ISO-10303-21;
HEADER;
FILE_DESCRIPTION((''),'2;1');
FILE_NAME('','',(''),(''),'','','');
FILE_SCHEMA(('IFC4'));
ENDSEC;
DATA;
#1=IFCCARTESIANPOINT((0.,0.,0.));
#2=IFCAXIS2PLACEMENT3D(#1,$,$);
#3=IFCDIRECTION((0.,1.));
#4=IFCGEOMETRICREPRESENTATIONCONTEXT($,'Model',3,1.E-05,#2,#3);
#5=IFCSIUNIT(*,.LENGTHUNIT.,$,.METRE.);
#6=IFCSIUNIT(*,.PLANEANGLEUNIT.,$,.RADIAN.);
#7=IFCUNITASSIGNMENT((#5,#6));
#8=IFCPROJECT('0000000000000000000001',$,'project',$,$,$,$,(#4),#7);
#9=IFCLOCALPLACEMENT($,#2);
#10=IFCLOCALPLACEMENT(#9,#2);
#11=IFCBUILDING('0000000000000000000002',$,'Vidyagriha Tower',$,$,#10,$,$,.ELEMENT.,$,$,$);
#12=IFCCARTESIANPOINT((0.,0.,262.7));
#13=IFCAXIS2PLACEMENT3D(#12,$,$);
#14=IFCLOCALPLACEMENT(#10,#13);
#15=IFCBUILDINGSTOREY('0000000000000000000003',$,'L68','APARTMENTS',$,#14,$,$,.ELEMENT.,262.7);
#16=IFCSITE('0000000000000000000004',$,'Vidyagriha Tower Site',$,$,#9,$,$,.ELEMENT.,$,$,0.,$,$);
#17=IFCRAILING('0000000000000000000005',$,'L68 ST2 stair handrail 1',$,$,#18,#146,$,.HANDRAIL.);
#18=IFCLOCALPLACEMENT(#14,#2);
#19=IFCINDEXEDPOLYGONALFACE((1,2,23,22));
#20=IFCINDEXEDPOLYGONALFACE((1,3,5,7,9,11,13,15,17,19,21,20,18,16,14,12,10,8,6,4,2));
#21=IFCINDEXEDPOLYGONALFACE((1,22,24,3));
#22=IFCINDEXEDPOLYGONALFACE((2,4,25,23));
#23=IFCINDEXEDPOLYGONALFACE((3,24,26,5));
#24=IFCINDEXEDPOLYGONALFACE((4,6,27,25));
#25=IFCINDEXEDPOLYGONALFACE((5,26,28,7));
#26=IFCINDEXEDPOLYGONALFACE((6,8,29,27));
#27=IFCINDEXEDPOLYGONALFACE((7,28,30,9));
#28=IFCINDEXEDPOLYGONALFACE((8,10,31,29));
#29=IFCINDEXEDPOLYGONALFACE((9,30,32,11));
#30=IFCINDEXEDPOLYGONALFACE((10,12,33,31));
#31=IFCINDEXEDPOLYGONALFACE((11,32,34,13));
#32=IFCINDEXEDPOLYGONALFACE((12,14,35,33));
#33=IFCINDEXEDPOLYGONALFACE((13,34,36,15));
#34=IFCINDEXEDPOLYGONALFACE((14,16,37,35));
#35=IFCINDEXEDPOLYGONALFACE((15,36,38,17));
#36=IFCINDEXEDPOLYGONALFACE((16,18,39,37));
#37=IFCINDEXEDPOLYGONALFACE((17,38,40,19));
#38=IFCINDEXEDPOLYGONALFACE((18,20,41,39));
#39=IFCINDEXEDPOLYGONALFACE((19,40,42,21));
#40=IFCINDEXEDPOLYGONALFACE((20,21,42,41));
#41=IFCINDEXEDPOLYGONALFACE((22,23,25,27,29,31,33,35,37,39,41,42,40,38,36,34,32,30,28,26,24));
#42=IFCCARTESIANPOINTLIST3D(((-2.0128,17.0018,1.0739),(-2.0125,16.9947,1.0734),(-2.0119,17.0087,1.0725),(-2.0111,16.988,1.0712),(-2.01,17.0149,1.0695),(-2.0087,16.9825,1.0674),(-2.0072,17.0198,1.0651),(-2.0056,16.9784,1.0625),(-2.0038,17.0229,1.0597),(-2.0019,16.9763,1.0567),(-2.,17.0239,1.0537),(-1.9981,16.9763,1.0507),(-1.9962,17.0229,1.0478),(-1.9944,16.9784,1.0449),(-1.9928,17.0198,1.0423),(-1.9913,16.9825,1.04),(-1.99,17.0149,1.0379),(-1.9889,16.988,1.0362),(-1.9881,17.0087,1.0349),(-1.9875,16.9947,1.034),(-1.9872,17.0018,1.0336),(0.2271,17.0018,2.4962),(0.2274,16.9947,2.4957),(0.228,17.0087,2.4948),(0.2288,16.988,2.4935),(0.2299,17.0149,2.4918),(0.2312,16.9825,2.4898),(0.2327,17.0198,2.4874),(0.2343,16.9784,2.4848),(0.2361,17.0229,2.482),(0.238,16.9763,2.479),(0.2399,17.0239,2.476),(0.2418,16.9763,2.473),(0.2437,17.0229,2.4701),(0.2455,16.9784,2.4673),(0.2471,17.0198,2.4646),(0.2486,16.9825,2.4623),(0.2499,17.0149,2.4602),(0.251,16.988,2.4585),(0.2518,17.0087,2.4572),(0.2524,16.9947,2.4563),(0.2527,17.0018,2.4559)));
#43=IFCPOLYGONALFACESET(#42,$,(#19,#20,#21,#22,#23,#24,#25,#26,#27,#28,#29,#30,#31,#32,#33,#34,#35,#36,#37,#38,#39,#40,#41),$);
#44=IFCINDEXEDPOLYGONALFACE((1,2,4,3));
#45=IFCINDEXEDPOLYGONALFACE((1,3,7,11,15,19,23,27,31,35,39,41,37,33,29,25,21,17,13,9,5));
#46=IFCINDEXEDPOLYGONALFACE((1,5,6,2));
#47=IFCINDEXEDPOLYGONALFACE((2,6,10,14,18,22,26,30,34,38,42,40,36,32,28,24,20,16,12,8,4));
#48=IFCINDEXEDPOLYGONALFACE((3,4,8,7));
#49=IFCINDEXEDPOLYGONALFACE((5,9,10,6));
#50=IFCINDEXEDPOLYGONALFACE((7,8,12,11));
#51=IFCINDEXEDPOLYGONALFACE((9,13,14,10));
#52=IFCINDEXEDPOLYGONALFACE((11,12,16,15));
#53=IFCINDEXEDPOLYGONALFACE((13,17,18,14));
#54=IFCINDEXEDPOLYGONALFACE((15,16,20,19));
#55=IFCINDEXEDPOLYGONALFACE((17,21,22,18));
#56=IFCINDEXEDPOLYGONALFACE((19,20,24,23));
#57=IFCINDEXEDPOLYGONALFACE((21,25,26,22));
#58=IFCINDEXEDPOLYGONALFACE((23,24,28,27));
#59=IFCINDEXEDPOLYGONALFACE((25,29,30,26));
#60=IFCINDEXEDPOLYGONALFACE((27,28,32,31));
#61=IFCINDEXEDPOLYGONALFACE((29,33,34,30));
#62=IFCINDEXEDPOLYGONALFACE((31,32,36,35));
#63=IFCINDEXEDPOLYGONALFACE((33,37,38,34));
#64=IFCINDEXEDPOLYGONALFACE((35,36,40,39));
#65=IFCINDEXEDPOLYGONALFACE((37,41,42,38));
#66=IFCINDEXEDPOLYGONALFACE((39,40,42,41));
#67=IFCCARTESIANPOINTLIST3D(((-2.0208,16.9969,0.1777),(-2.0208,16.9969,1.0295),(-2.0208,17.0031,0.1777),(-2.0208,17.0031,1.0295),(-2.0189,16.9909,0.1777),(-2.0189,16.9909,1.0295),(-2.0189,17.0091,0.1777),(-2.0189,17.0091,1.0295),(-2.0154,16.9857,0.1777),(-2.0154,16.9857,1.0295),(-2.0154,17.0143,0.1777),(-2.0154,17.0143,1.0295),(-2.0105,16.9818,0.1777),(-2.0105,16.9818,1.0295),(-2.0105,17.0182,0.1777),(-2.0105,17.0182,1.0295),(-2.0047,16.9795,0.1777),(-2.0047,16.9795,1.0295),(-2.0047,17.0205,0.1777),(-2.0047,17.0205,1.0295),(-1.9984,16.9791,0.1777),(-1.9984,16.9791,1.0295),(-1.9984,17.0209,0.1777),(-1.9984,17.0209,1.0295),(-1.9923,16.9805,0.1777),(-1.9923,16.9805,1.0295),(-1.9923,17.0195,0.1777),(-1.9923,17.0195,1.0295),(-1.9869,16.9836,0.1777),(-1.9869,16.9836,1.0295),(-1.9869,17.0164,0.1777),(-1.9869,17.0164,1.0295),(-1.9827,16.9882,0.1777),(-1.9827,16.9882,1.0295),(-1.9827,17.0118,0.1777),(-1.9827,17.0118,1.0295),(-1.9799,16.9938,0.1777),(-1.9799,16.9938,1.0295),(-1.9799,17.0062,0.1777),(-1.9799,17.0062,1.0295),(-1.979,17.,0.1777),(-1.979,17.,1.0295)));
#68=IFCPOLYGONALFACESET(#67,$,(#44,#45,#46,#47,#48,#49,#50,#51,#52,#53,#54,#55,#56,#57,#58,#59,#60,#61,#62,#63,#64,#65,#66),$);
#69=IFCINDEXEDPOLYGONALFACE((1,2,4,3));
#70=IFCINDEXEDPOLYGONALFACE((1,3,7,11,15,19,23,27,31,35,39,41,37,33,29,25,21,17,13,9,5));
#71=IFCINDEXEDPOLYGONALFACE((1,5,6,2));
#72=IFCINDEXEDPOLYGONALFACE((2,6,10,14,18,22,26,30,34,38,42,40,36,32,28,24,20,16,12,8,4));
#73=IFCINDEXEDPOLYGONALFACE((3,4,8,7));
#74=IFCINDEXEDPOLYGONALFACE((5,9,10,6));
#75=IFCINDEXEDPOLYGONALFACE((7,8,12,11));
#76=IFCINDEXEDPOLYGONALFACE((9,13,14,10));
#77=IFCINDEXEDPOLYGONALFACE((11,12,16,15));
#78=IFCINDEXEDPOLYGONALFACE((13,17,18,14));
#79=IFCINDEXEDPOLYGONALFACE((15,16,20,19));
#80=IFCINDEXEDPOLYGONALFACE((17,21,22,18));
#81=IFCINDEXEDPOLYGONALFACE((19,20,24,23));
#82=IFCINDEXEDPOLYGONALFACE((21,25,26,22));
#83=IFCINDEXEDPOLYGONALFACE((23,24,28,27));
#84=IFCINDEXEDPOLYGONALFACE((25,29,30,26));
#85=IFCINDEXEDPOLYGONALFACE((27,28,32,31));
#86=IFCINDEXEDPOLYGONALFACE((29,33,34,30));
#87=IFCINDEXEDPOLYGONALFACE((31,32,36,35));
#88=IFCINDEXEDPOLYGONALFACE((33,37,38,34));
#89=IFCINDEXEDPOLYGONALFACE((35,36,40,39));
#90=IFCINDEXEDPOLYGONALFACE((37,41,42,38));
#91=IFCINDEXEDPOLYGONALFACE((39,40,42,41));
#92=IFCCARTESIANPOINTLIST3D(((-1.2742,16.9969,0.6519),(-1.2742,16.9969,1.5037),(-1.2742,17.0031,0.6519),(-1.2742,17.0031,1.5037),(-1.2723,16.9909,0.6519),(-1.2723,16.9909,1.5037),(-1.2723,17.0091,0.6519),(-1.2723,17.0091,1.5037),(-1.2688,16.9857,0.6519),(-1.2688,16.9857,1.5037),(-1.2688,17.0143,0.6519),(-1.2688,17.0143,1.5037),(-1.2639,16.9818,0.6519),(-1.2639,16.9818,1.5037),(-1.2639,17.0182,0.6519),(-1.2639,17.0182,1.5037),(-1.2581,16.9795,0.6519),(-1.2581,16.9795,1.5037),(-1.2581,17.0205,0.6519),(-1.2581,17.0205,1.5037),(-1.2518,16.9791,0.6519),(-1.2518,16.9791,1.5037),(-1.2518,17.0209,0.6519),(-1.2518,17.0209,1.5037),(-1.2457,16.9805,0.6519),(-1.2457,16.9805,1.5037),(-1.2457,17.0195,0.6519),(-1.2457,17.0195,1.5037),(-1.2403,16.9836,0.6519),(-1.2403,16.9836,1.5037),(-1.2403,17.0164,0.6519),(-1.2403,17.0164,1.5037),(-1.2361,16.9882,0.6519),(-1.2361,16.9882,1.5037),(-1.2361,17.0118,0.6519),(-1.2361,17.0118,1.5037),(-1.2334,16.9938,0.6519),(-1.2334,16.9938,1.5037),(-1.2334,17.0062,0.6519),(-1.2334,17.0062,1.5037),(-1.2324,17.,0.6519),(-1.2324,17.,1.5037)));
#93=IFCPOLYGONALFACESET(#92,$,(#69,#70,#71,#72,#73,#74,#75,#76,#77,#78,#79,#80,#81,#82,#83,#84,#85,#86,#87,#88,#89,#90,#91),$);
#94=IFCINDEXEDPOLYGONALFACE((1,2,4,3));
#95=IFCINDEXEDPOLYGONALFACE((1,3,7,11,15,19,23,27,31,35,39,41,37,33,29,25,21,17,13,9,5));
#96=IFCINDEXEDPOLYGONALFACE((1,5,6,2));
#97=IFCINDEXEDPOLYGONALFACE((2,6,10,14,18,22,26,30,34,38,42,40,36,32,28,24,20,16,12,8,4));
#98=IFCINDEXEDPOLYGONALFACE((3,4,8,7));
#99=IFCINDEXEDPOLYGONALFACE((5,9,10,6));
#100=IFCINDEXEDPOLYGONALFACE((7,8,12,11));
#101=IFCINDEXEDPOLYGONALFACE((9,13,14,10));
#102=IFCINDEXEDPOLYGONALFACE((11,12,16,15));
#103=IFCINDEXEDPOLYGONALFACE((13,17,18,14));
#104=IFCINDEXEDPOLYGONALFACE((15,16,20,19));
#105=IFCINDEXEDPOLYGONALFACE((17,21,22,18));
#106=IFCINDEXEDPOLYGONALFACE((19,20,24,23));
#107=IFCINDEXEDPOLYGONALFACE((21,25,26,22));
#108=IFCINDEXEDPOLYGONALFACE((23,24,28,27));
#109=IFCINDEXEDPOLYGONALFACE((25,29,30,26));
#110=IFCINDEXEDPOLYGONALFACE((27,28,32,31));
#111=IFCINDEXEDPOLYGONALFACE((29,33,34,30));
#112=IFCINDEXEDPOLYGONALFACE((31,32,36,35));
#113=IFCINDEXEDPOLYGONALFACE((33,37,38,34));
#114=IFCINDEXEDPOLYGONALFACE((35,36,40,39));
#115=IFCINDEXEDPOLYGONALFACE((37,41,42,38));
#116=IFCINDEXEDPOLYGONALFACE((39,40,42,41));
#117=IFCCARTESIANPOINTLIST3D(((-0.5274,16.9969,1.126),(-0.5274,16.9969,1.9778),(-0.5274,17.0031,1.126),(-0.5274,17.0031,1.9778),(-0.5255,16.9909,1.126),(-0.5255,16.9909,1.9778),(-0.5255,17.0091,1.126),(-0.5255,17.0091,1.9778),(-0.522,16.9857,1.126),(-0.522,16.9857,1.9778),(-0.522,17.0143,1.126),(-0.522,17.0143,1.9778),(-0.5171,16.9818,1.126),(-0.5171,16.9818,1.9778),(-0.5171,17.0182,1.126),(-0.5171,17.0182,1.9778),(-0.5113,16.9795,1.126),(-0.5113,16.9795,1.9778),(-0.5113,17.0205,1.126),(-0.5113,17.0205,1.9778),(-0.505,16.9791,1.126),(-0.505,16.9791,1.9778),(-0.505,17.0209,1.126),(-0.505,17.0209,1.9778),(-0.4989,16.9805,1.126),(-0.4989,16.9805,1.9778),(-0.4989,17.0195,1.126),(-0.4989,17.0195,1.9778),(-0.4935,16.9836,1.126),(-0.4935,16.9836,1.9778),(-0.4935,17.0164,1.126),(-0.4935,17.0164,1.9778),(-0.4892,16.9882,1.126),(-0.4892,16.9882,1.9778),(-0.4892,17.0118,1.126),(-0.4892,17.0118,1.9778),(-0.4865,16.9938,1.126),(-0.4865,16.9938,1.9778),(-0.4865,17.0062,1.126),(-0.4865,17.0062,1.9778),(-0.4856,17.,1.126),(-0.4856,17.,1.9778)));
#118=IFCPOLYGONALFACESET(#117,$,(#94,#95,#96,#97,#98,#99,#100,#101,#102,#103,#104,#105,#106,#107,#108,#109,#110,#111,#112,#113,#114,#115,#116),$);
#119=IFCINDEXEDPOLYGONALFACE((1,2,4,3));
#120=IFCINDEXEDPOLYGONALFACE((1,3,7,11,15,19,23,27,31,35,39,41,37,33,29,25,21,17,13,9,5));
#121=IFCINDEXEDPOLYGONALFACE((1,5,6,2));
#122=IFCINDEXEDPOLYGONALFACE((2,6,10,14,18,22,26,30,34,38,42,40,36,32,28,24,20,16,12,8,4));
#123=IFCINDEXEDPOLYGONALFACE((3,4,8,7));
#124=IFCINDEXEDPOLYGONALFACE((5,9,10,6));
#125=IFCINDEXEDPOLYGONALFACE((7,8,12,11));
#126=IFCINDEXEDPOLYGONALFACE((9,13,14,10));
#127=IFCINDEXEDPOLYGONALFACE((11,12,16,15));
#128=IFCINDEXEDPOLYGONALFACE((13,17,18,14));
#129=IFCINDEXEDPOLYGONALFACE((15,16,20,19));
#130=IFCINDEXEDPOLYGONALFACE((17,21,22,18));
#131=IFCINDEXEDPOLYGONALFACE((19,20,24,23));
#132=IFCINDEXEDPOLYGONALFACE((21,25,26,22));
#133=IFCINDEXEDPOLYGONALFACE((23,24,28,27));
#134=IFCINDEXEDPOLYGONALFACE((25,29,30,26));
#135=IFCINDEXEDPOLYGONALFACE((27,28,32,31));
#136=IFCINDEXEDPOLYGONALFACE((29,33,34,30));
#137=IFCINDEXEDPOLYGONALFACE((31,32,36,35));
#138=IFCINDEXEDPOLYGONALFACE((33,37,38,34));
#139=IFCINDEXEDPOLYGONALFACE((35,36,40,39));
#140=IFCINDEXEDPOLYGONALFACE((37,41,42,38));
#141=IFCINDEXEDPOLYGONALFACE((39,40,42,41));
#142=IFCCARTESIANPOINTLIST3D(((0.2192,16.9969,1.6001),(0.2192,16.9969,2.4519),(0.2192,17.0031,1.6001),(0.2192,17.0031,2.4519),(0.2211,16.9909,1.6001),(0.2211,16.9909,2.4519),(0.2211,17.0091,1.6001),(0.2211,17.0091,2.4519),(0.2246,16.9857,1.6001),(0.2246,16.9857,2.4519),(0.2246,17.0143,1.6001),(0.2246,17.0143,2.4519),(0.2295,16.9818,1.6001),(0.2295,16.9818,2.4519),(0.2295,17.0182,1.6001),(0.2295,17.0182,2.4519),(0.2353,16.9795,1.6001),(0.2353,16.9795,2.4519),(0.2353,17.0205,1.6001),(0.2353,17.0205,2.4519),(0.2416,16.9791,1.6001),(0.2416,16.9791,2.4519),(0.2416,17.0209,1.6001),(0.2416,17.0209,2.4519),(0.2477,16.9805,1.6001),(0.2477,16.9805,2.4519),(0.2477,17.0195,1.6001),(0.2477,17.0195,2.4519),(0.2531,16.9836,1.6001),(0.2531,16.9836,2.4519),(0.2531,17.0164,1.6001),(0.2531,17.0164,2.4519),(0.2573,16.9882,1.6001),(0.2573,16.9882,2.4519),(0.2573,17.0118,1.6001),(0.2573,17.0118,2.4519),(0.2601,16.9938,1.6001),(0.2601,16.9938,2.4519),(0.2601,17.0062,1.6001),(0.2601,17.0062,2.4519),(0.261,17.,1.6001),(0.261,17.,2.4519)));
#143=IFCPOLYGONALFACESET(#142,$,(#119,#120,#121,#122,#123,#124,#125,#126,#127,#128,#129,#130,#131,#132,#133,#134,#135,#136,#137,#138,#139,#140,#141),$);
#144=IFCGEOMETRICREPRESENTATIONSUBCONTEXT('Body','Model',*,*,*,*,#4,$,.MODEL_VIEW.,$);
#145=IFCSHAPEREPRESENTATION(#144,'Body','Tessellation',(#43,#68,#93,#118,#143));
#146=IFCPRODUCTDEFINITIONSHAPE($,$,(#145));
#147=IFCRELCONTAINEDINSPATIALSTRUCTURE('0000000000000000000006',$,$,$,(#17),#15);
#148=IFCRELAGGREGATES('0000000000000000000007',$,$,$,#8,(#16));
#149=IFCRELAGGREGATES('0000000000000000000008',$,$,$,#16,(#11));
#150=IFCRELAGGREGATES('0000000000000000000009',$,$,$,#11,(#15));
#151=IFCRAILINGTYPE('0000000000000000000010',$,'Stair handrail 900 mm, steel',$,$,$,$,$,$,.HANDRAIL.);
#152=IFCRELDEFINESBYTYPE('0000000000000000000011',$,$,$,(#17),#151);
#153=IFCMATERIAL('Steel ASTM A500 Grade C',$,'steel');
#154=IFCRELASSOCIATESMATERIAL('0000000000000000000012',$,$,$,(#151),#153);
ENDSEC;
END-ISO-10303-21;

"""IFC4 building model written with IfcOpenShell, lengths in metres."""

from ifc_helpers import new_model, si_unit, direction, frame, origin, origin_2d, place, context, subcontext, project, spatial, circle, extrude, material, type_object, element, save


model = new_model("IFC4")

# Units and contexts
model_context = context("Model", 3, precision=1e-05, world=origin(), true_north=direction((0.0, 1.0)))
body_context = subcontext(model_context, "Body", "Model", "MODEL_VIEW")
ifc_project = project(units=[si_unit("LENGTHUNIT", "METRE"), si_unit("PLANEANGLEUNIT", "RADIAN")], contexts=[model_context])

# Site, building, storey
site_placement = place(None, origin())
site = spatial("IfcSite", under=ifc_project, at=site_placement, Name="Vidyagriha Tower Site", CompositionType="ELEMENT", RefElevation=0.0)
building_placement = place(site_placement, origin())
building = spatial("IfcBuilding", under=site, at=building_placement, Name="Vidyagriha Tower", CompositionType="ELEMENT")
storey_placement = place(building_placement, frame((0.0, 0.0, 262.7)))
storey = spatial("IfcBuildingStorey", under=building, at=storey_placement, Name="L68", Description="APARTMENTS", CompositionType="ELEMENT", Elevation=262.7)

# Railing
ifc_material_1 = material(Name="Steel ASTM A500 Grade C", Category="steel")
railing_type_1 = type_object("IfcRailingType", Name="Stair handrail 900 mm, steel", PredefinedType="HANDRAIL", material=ifc_material_1)
for number, where, name in (
    (1, (-2.0, 17.0, 0.1777), "L68 ST2 stair handrail 1"),
):
    element("IfcRailing", number, at=place(storey_placement, frame(where)), inside=storey, type_object=railing_type_1, Name=name, PredefinedType="HANDRAIL", context=body_context, shape_type="SweptSolid", body=[
        extrude(circle(Radius=0.0239, at=origin_2d()), frame((0.0, 0.0, 0.876), z_axis=(0.844188, 0.0, 0.536048), x_axis=(0.0, 1.0, 0.0)), (0.0, 0.0, 1.0), 2.6533),
        extrude(circle(Radius=0.021, at=origin_2d()), origin(), (0.0, 0.0, 1.0), 0.8518),
        extrude(circle(Radius=0.021, at=origin_2d()), frame((0.7466, 0.0, 0.4741)), (0.0, 0.0, 1.0), 0.8518),
        extrude(circle(Radius=0.021, at=origin_2d()), frame((1.4934, 0.0, 0.9482)), (0.0, 0.0, 1.0), 0.8518),
        extrude(circle(Radius=0.021, at=origin_2d()), frame((2.24, 0.0, 1.4224)), (0.0, 0.0, 1.0), 0.8518),
    ])

save(model, "model.ifc")
